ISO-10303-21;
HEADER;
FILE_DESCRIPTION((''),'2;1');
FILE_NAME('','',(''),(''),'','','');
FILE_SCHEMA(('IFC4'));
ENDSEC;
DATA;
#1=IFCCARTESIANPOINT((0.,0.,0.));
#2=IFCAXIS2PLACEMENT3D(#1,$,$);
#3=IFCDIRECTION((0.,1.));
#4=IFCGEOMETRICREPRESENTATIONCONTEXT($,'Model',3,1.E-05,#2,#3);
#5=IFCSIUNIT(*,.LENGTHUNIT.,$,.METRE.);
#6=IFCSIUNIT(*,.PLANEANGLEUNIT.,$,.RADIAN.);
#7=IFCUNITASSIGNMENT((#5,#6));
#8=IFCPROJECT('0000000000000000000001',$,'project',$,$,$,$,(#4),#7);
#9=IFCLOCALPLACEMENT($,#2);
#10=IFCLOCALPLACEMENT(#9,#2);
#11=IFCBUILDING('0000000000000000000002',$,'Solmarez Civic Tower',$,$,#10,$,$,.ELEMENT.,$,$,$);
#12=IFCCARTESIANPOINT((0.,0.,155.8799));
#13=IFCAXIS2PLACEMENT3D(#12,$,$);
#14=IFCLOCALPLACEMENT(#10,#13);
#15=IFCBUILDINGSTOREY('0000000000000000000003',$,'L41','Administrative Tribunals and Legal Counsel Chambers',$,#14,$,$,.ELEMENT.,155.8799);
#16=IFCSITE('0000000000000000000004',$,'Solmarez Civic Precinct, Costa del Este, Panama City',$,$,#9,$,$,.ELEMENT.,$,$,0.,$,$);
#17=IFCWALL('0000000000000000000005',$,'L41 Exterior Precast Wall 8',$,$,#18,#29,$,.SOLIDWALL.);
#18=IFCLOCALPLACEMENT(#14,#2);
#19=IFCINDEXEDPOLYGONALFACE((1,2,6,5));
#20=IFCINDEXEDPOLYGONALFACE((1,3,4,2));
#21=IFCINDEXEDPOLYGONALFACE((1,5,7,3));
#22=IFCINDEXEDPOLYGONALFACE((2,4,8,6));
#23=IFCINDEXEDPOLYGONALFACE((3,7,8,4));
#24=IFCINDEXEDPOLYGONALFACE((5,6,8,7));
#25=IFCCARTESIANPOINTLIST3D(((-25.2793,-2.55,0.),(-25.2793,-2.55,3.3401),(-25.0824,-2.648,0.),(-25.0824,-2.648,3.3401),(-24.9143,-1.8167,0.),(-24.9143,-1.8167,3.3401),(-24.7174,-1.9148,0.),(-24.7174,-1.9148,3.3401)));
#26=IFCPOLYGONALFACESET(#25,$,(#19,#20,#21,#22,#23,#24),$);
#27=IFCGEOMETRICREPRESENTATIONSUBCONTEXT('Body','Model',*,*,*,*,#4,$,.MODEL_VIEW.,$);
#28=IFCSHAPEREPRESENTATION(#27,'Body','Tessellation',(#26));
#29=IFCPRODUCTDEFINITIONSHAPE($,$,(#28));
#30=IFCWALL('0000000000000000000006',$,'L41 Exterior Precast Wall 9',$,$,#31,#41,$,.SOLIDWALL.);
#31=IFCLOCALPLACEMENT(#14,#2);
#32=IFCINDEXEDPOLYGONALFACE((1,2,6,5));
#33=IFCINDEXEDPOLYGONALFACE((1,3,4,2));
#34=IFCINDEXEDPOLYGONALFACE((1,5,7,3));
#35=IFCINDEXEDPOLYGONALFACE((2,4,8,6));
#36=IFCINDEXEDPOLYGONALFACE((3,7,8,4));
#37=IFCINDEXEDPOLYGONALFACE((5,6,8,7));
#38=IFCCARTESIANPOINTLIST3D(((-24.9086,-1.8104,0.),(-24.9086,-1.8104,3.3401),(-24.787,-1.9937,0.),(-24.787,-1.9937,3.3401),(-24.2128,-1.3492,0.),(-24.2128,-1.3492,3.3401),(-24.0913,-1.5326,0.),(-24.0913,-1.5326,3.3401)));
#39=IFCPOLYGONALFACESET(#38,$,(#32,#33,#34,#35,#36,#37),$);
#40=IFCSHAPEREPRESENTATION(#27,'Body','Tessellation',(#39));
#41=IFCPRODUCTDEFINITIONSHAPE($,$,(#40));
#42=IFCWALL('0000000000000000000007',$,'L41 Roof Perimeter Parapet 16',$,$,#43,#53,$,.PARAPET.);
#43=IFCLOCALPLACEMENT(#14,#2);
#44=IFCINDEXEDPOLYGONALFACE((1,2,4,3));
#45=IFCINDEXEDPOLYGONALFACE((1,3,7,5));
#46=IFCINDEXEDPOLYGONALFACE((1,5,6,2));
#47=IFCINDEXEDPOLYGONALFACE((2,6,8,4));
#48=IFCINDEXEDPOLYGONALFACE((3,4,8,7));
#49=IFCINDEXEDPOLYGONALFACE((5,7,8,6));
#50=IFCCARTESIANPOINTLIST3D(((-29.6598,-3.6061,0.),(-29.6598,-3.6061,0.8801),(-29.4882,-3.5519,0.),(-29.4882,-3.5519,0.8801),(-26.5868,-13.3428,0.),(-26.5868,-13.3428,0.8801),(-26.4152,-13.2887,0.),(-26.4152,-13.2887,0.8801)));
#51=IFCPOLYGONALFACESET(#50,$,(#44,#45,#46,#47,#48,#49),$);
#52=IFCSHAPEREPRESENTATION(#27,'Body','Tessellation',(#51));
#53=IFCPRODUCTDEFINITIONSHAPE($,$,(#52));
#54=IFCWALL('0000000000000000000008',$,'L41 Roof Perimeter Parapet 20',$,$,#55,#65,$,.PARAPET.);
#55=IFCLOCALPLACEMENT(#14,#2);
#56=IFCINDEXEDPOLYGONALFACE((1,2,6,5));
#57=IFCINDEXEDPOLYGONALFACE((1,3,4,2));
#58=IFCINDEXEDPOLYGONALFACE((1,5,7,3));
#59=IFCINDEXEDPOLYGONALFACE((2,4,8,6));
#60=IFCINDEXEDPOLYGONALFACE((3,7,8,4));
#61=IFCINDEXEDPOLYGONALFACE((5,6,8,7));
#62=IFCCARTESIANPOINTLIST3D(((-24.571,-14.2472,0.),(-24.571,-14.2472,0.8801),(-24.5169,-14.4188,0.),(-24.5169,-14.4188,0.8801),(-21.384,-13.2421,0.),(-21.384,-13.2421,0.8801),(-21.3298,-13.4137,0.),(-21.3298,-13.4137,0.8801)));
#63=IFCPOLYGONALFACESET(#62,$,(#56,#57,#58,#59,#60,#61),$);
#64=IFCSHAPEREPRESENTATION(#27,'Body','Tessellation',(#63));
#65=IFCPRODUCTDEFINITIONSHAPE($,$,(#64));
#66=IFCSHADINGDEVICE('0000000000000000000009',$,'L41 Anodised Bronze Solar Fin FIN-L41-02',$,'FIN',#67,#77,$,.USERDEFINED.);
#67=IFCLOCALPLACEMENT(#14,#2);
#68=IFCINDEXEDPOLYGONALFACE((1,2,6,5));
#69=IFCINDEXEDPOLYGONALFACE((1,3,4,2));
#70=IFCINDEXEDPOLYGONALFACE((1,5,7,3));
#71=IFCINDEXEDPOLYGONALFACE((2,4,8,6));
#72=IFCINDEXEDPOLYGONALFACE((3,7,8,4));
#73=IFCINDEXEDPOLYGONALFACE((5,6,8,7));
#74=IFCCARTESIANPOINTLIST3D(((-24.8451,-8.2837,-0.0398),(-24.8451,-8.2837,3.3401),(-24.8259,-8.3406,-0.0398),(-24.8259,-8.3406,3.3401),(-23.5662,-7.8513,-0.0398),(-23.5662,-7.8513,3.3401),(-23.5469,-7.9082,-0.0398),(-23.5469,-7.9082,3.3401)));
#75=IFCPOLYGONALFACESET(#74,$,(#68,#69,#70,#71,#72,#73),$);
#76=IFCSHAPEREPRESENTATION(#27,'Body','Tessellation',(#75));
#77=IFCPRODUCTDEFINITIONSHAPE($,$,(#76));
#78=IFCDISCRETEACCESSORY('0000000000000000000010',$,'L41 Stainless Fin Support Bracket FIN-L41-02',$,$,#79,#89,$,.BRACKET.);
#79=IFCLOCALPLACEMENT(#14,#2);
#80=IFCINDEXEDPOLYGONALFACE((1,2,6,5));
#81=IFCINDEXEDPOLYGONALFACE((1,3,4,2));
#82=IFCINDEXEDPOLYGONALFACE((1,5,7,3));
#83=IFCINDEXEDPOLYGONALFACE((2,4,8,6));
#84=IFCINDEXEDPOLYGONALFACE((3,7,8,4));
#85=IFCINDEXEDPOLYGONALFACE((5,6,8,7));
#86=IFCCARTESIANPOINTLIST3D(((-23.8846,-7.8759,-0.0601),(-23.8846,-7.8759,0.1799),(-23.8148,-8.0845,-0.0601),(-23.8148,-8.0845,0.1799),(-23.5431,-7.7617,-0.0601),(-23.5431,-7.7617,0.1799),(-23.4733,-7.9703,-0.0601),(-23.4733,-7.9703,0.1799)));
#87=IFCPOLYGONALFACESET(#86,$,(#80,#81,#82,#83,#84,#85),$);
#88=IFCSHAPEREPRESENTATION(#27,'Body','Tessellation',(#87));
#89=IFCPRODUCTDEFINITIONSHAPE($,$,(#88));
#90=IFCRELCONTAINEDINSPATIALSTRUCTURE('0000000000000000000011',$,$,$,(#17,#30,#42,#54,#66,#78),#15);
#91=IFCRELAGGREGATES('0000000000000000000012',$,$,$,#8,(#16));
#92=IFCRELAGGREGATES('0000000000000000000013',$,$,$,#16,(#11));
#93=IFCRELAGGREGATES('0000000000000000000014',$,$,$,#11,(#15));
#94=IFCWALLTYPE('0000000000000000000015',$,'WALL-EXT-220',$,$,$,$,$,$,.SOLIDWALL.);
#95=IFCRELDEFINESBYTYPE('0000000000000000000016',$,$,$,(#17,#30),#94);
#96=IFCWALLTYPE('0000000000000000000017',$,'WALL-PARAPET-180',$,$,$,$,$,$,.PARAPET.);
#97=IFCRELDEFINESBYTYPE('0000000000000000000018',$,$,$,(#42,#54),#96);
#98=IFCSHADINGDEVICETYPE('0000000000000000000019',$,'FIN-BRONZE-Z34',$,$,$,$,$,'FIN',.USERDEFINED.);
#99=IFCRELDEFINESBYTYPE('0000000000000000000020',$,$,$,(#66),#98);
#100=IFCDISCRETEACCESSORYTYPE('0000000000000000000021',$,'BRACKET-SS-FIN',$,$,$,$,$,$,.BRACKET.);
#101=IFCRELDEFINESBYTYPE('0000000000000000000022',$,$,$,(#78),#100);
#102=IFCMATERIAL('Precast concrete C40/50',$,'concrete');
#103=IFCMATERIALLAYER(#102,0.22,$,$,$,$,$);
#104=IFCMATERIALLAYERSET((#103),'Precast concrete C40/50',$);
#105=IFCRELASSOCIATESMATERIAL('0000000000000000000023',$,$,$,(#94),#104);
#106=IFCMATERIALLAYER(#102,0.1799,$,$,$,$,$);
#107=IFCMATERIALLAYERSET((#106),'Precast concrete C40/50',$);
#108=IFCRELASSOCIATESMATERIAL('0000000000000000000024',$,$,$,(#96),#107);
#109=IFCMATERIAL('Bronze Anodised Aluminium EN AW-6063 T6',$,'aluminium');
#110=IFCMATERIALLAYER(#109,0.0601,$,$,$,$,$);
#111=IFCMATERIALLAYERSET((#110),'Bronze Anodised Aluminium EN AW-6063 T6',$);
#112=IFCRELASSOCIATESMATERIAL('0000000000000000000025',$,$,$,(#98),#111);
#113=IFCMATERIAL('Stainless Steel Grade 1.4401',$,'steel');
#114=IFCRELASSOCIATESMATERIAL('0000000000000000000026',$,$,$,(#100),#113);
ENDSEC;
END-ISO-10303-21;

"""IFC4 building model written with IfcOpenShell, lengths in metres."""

from ifc_helpers import new_model, si_unit, direction, frame, frame_2d, origin, origin_2d, place, context, subcontext, project, spatial, rectangle, extrude, material, layer, layer_set, type_object, element, save


model = new_model("IFC4")

# Units and contexts
model_context = context("Model", 3, precision=1e-05, world=origin(), true_north=direction((0.0, 1.0)))
body_context = subcontext(model_context, "Body", "Model", "MODEL_VIEW")
ifc_project = project(units=[si_unit("LENGTHUNIT", "METRE"), si_unit("PLANEANGLEUNIT", "RADIAN")], contexts=[model_context])

# Site, building, storey
site_placement = place(None, origin())
site = spatial("IfcSite", under=ifc_project, at=site_placement, Name="Solmarez Civic Precinct, Costa del Este, Panama City", CompositionType="ELEMENT", RefElevation=0.0)
building_placement = place(site_placement, origin())
building = spatial("IfcBuilding", under=site, at=building_placement, Name="Solmarez Civic Tower", CompositionType="ELEMENT")
storey_placement = place(building_placement, frame((0.0, 0.0, 155.8799)))
storey = spatial("IfcBuildingStorey", under=building, at=storey_placement, Name="L41", Description="Administrative Tribunals and Legal Counsel Chambers", CompositionType="ELEMENT", Elevation=155.8799)

# Shared definitions
ifc_material_1 = material(Name="Bronze Anodised Aluminium EN AW-6063 T6", Category="aluminium")

# Walls
ifc_material_2 = material(Name="Precast concrete C40/50", Category="concrete")
ifc_layer_1 = layer(ifc_material_2, 0.22)
ifc_layer_set_1 = layer_set([ifc_layer_1], Name="Precast concrete C40/50")
wall_type_1 = type_object("IfcWallType", Name="WALL-EXT-220", PredefinedType="SOLIDWALL", material=ifc_layer_set_1)
wall_1_placement = place(storey_placement, frame((-25.1809, -2.5991, 0.0), z_axis=(0.0, 0.0, 1.0), x_axis=(0.445663, 0.895201, 0.0)))
element("IfcWall", 1, at=wall_1_placement, inside=storey, type_object=wall_type_1, Name="L41 Exterior Precast Wall 8", PredefinedType="SOLIDWALL", context=body_context, shape_type="SweptSolid", body=[
    extrude(rectangle(XDim=0.8191, YDim=0.22, at=frame_2d((0.4097, 0.0))), origin(), (0.0, 0.0, 1.0), 3.3401),
])
wall_2_placement = place(storey_placement, frame((-24.8479, -1.9021, 0.0), z_axis=(0.0, 0.0, 1.0), x_axis=(0.833532, 0.552471, 0.0)))
element("IfcWall", 2, at=wall_2_placement, inside=storey, type_object=wall_type_1, Name="L41 Exterior Precast Wall 9", PredefinedType="SOLIDWALL", context=body_context, shape_type="SweptSolid", body=[
    extrude(rectangle(XDim=0.8347, YDim=0.22, at=frame_2d((0.4175, 0.0))), origin(), (0.0, 0.0, 1.0), 3.3401),
])
ifc_layer_2 = layer(ifc_material_2, 0.1799)
ifc_layer_set_2 = layer_set([ifc_layer_2], Name="Precast concrete C40/50")
wall_type_2 = type_object("IfcWallType", Name="WALL-PARAPET-180", PredefinedType="PARAPET", material=ifc_layer_set_2)
wall_3_placement = place(storey_placement, frame((-29.574, -3.5791, 0.0), z_axis=(0.0, 0.0, 1.0), x_axis=(0.300972, -0.953633, 0.0)))
element("IfcWall", 3, at=wall_3_placement, inside=storey, type_object=wall_type_2, Name="L41 Roof Perimeter Parapet 16", PredefinedType="PARAPET", context=body_context, shape_type="SweptSolid", body=[
    extrude(rectangle(XDim=10.2102, YDim=0.1799, at=frame_2d((5.105, 0.0))), origin(), (0.0, 0.0, 1.0), 0.8801),
])
wall_4_placement = place(storey_placement, frame((-24.5439, -14.333, 0.0), z_axis=(0.0, 0.0, 1.0), x_axis=(0.953694, 0.300778, 0.0)))
element("IfcWall", 4, at=wall_4_placement, inside=storey, type_object=wall_type_2, Name="L41 Roof Perimeter Parapet 20", PredefinedType="PARAPET", context=body_context, shape_type="SweptSolid", body=[
    extrude(rectangle(XDim=3.3418, YDim=0.1799, at=frame_2d((1.6709, 0.0))), origin(), (0.0, 0.0, 1.0), 0.8801),
])

# Shading device
ifc_layer_3 = layer(ifc_material_1, 0.0601)
ifc_layer_set_3 = layer_set([ifc_layer_3], Name="Bronze Anodised Aluminium EN AW-6063 T6")
shading_device_type = type_object("IfcShadingDeviceType", Name="FIN-BRONZE-Z34", ElementType="FIN", PredefinedType="USERDEFINED", material=ifc_layer_set_3)
shading_device_placement = place(storey_placement, frame((-24.196, -8.0959, -0.0398), z_axis=(0.0, 0.0, 1.0), x_axis=(-0.947317, -0.320299, 0.0)))
element("IfcShadingDevice", 5, at=shading_device_placement, inside=storey, type_object=shading_device_type, Name="L41 Anodised Bronze Solar Fin FIN-L41-02", ObjectType="FIN", PredefinedType="USERDEFINED", context=body_context, shape_type="SweptSolid", body=[
    extrude(rectangle(XDim=1.3501, YDim=0.0601, at=origin_2d()), origin(), (0.0, 0.0, 1.0), 3.3799),
])

# Discrete accessory
ifc_material_3 = material(Name="Stainless Steel Grade 1.4401", Category="steel")
discrete_accessory_type = type_object("IfcDiscreteAccessoryType", Name="BRACKET-SS-FIN", PredefinedType="BRACKET", material=ifc_material_3)
discrete_accessory_placement = place(storey_placement, frame((-23.679, -7.9231, -0.0601), z_axis=(0.0, 0.0, 1.0), x_axis=(-0.948327, -0.317293, 0.0)))
element("IfcDiscreteAccessory", 6, at=discrete_accessory_placement, inside=storey, type_object=discrete_accessory_type, Name="L41 Stainless Fin Support Bracket FIN-L41-02", PredefinedType="BRACKET", context=body_context, shape_type="SweptSolid", body=[
    extrude(rectangle(XDim=0.3601, YDim=0.22, at=origin_2d()), origin(), (0.0, 0.0, 1.0), 0.24),
])

save(model, "model.ifc")
